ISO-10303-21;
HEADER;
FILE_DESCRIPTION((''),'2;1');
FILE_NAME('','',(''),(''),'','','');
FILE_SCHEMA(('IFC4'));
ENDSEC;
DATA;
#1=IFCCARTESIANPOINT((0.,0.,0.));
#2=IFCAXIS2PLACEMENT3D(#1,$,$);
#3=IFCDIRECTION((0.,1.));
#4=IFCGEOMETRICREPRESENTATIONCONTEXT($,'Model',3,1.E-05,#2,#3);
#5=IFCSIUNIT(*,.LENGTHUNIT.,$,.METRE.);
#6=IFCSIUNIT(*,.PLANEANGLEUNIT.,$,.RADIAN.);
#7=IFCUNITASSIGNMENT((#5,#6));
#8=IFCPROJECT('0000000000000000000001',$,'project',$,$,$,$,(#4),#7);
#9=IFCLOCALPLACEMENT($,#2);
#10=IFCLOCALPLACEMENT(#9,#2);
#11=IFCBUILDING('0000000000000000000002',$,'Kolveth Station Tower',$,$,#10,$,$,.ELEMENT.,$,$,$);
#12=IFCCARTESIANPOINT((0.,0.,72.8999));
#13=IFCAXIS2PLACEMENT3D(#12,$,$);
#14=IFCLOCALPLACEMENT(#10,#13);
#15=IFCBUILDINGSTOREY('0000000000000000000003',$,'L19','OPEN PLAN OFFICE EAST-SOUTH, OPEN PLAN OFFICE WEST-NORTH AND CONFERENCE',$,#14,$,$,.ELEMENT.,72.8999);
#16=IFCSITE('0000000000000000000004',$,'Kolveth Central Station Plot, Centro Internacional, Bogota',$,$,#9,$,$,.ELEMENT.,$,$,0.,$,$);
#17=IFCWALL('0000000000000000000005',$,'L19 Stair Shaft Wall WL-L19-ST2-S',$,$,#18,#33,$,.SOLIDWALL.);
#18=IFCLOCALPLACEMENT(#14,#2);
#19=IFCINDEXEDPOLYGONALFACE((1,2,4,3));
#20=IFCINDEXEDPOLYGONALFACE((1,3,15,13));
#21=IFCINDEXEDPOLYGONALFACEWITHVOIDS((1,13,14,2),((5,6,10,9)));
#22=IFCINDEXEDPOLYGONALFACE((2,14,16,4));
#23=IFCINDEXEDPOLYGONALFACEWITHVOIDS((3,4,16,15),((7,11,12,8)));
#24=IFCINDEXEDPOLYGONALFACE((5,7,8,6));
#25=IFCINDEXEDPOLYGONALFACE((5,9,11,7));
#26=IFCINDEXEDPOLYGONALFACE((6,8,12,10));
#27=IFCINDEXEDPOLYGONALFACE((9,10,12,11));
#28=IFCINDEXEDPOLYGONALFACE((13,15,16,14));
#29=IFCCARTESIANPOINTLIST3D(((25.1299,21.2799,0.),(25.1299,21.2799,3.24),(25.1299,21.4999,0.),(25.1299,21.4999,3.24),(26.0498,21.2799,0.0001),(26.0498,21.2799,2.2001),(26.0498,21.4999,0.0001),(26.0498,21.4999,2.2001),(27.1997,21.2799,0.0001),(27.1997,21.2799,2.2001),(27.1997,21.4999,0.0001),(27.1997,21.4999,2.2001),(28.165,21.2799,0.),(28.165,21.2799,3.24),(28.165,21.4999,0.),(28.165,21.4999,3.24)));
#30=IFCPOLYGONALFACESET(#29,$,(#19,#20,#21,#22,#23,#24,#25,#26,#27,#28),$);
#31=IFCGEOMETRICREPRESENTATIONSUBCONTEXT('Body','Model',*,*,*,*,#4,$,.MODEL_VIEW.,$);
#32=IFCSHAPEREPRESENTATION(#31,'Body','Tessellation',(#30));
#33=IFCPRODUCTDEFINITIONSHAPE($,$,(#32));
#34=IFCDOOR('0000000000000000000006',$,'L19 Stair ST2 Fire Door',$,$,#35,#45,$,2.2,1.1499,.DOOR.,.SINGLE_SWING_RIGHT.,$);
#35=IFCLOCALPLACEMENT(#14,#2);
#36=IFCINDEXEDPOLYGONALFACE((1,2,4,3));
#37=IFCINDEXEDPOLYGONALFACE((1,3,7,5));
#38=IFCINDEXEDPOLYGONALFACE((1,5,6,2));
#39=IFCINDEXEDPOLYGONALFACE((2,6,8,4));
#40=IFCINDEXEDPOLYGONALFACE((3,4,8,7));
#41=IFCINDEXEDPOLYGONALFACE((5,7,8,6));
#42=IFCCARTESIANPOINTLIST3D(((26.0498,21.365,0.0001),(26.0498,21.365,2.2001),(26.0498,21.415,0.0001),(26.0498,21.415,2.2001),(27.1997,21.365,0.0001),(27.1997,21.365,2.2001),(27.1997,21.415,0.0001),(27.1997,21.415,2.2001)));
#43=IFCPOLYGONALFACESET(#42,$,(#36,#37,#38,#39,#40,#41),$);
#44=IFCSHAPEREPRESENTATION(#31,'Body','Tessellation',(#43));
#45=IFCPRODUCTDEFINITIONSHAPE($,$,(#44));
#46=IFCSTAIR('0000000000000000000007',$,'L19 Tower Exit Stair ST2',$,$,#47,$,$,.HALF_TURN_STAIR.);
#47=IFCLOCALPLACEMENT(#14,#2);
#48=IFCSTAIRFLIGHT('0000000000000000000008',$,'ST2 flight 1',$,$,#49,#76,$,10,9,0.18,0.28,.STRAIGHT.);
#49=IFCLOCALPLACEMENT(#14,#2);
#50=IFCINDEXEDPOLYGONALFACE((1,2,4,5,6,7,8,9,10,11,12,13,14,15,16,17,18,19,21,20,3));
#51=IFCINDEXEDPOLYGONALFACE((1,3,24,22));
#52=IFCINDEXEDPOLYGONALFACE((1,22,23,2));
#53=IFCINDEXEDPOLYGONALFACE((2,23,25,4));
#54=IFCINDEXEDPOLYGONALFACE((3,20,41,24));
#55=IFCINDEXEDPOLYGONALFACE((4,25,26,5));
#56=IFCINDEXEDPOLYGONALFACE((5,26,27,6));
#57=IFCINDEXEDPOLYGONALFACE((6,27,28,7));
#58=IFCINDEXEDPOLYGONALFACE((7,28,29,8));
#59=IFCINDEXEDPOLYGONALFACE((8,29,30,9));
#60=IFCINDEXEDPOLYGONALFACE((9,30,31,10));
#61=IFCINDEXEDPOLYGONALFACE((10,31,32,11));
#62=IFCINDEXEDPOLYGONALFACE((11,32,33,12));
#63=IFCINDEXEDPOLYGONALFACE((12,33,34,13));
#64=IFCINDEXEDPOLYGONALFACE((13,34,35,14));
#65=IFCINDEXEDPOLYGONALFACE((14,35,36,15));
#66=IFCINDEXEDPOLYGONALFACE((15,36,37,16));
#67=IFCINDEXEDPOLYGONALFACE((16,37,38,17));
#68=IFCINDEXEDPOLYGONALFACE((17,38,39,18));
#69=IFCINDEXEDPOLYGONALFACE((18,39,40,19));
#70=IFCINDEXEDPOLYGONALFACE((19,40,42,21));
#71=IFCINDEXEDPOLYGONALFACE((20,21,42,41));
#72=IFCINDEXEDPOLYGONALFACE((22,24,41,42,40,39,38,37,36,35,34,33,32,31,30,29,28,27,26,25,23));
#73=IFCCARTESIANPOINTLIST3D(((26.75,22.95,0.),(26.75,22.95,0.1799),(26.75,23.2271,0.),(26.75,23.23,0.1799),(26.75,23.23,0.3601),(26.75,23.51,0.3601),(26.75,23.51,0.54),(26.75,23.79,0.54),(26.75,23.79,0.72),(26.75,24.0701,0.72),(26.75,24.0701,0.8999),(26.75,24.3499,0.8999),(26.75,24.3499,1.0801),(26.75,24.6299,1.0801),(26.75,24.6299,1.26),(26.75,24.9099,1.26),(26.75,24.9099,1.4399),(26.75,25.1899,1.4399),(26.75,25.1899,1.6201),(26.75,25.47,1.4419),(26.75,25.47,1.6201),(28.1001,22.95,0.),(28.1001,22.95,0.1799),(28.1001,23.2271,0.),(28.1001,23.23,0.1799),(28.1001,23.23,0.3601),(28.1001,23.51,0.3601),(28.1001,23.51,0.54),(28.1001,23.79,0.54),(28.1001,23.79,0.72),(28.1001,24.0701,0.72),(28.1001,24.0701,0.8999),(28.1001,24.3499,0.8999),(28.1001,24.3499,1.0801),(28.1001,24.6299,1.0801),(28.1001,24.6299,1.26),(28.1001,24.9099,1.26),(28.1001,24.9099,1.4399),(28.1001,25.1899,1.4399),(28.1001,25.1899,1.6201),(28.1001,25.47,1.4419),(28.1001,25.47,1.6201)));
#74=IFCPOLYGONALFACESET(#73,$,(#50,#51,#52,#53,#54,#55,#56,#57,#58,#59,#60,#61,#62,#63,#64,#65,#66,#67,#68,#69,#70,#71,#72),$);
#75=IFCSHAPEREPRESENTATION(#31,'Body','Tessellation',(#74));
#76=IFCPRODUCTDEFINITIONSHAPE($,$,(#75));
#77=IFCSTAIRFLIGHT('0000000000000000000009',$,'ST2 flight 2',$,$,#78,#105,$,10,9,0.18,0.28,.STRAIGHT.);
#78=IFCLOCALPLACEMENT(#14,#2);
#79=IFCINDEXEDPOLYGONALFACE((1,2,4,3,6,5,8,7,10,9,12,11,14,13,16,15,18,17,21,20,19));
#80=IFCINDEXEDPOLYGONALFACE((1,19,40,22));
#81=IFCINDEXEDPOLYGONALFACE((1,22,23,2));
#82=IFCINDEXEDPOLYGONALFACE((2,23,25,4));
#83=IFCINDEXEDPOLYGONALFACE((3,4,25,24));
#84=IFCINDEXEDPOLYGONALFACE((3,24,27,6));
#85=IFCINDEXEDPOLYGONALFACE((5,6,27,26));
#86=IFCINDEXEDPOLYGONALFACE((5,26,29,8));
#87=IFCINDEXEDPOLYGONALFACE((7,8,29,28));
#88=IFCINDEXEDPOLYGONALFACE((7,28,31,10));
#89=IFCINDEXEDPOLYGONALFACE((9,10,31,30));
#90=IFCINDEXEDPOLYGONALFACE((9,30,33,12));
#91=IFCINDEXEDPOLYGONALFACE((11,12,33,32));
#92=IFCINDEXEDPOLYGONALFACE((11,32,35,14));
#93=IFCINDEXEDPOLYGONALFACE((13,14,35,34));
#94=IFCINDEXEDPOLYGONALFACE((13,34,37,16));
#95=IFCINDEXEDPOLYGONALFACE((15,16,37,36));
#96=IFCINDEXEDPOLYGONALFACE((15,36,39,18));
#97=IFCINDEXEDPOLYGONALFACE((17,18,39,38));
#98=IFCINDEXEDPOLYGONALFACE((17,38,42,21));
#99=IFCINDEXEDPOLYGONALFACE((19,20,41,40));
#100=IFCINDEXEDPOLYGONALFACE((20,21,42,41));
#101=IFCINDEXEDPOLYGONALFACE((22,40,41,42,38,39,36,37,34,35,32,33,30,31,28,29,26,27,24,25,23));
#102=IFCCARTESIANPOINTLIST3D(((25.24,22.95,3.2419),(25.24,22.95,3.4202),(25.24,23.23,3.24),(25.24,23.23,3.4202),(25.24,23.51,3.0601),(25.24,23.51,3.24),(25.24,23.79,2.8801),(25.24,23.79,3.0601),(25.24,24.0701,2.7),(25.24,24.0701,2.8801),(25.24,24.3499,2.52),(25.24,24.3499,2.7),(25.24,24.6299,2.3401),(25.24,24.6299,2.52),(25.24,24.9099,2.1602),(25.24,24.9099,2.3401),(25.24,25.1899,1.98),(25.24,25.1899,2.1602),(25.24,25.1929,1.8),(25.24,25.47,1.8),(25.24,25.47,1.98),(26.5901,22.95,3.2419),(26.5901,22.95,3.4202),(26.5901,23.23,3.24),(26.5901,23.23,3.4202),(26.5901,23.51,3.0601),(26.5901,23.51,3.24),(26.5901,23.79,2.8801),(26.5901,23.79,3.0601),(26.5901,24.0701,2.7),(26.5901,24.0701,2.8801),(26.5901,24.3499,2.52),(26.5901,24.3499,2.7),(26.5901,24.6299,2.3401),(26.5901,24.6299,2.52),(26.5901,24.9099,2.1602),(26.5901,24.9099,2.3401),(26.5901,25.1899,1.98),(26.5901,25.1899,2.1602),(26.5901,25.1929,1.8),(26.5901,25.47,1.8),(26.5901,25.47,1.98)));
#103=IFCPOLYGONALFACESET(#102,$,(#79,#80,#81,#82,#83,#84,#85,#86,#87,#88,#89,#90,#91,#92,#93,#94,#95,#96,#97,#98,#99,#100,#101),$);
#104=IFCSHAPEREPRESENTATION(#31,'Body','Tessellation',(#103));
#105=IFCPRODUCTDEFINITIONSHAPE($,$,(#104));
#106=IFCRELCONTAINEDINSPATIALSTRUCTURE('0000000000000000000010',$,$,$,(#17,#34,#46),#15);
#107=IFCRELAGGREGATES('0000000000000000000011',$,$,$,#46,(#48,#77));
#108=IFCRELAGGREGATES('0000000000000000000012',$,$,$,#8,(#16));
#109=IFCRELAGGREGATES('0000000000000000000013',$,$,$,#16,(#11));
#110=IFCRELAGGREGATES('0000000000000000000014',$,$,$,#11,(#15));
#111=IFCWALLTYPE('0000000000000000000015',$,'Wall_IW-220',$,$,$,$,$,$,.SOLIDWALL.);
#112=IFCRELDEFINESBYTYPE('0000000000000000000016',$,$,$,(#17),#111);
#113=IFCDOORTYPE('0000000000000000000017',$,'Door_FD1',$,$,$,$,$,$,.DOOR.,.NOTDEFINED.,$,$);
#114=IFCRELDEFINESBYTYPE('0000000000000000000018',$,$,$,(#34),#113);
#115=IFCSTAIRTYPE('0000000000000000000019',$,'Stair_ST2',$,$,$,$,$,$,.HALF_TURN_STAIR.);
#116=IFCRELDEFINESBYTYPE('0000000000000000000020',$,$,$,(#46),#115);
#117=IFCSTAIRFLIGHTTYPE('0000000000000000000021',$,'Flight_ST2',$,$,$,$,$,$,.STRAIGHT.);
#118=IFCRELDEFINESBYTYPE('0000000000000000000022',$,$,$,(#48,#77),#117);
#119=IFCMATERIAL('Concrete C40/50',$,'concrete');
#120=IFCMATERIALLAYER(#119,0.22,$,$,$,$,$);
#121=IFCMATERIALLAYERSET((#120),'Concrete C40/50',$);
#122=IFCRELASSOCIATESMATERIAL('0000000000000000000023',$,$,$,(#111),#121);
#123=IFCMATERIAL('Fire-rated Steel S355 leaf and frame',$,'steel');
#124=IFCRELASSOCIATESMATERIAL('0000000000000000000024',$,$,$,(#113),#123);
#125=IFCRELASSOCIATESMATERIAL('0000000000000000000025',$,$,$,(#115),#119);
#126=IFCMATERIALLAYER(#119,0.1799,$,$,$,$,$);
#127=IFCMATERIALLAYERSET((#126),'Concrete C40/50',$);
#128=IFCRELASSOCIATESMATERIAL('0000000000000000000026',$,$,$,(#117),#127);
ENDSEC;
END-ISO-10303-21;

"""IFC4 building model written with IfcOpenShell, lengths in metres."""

from ifc_helpers import new_model, si_unit, direction, frame, frame_2d, origin, place, context, subcontext, project, spatial, polyline, rectangle, outline, extrude, material, layer, layer_set, type_object, element, fill, aggregate, save


model = new_model("IFC4")

# Units and contexts
model_context = context("Model", 3, precision=1e-05, world=origin(), true_north=direction((0.0, 1.0)))
body_context = subcontext(model_context, "Body", "Model", "MODEL_VIEW")
ifc_project = project(units=[si_unit("LENGTHUNIT", "METRE"), si_unit("PLANEANGLEUNIT", "RADIAN")], contexts=[model_context])

# Site, building, storey
site_placement = place(None, origin())
site = spatial("IfcSite", under=ifc_project, at=site_placement, Name="Kolveth Central Station Plot, Centro Internacional, Bogota", CompositionType="ELEMENT", RefElevation=0.0)
building_placement = place(site_placement, origin())
building = spatial("IfcBuilding", under=site, at=building_placement, Name="Kolveth Station Tower", CompositionType="ELEMENT")
storey_placement = place(building_placement, frame((0.0, 0.0, 72.8999)))
storey = spatial("IfcBuildingStorey", under=building, at=storey_placement, Name="L19", Description="OPEN PLAN OFFICE EAST-SOUTH, OPEN PLAN OFFICE WEST-NORTH AND CONFERENCE", CompositionType="ELEMENT", Elevation=72.8999)

# Shared definitions
ifc_material_1 = material(Name="Concrete C40/50", Category="concrete")
ifc_layer_1 = layer(ifc_material_1, 0.22)
ifc_layer_set_1 = layer_set([ifc_layer_1], Name="Concrete C40/50")
wall_type_1 = type_object("IfcWallType", Name="Wall_IW-220", PredefinedType="SOLIDWALL", material=ifc_layer_set_1)

# Wall, opening, door
wall_1_placement = place(storey_placement, frame((25.1299, 21.3899, 0.0), z_axis=(0.0, 0.0, 1.0), x_axis=(1.0, 0.0, 0.0)))
wall_1 = element("IfcWall", 1, at=wall_1_placement, inside=storey, type_object=wall_type_1, Name="L19 Stair Shaft Wall WL-L19-ST2-S", PredefinedType="SOLIDWALL", context=body_context, shape_type="SweptSolid", body=[
    extrude(rectangle(XDim=3.0352, YDim=0.22, at=frame_2d((1.5176, 0.0))), origin(), (0.0, 0.0, 1.0), 3.24),
])
opening_placement = place(wall_1_placement, frame((0.9199, 0.0, 0.0)))
opening = element("IfcOpeningElement", 2, at=opening_placement, cuts=wall_1, PredefinedType="OPENING", context=body_context, shape_type="SweptSolid", body=[
    extrude(rectangle(XDim=1.1499, YDim=2.2, at=frame_2d((0.575, 1.1001))), frame((0.0, 0.1199, 0.0), z_axis=(0.0, -1.0, 0.0), x_axis=(1.0, 0.0, 0.0)), (0.0, 0.0, 1.0), 0.24),
])
ifc_material_2 = material(Name="Fire-rated Steel S355 leaf and frame", Category="steel")
door_type = type_object("IfcDoorType", Name="Door_FD1", OperationType="NOTDEFINED", PredefinedType="DOOR", material=ifc_material_2)
door_placement = place(opening_placement, frame((1.1499, 0.0, 0.0), z_axis=(0.0, 0.0, 1.0), x_axis=(-1.0, 0.0, 0.0)))
door = element("IfcDoor", 3, at=door_placement, inside=storey, type_object=door_type, Name="L19 Stair ST2 Fire Door", OperationType="SINGLE_SWING_RIGHT", OverallHeight=2.2, OverallWidth=1.1499, PredefinedType="DOOR", context=body_context, shape_type="SweptSolid", body=[
    extrude(rectangle(XDim=1.1499, YDim=2.2, at=frame_2d((0.575, 1.1001))), frame((0.0, 0.0249, 0.0), z_axis=(0.0, -1.0, 0.0), x_axis=(1.0, 0.0, 0.0)), (0.0, 0.0, 1.0), 0.05),
])
fill(opening, door)

# Stair, stair flights
stair_type = type_object("IfcStairType", Name="Stair_ST2", PredefinedType="HALF_TURN_STAIR", material=ifc_material_1)
stair_placement = place(storey_placement, origin())
stair = element("IfcStair", 4, at=stair_placement, inside=storey, type_object=stair_type, Name="L19 Tower Exit Stair ST2", PredefinedType="HALF_TURN_STAIR")
ifc_layer_2 = layer(ifc_material_1, 0.1799)
ifc_layer_set_2 = layer_set([ifc_layer_2], Name="Concrete C40/50")
stair_flight_type = type_object("IfcStairFlightType", Name="Flight_ST2", PredefinedType="STRAIGHT", material=ifc_layer_set_2)
stair_flight_1_placement = place(storey_placement, frame((27.425, 22.95, 0.0), z_axis=(0.0, 0.0, 1.0), x_axis=(0.0, 1.0, 0.0)))
stair_flight_1 = element("IfcStairFlight", 5, at=stair_flight_1_placement, type_object=stair_flight_type, Name="ST2 flight 1", NumberOfRisers=10, NumberOfTreads=9, PredefinedType="STRAIGHT", RiserHeight=0.18, TreadLength=0.28, context=body_context, shape_type="SweptSolid", body=[
    extrude(outline(polyline([(0.0, 0.0), (0.0, 0.1799), (0.28, 0.1799), (0.28, 0.3601), (0.5601, 0.3601), (0.5601, 0.54), (0.8401, 0.54), (0.8401, 0.72), (1.1201, 0.72), (1.1201, 0.8999), (1.3999, 0.8999), (1.3999, 1.0801), (1.6799, 1.0801), (1.6799, 1.26), (1.96, 1.26), (1.96, 1.4399), (2.24, 1.4399), (2.24, 1.6201), (2.52, 1.6201), (2.52, 1.8), (2.52, 1.4419), (0.2771, 0.0), (0.0, 0.0)])), frame((0.0, 0.675, 0.0), z_axis=(0.0, -1.0, 0.0), x_axis=(1.0, 0.0, 0.0)), (0.0, 0.0, 1.0), 1.3501),
])
stair_flight_2_placement = place(storey_placement, frame((25.915, 25.47, 1.8), z_axis=(0.0, 0.0, 1.0), x_axis=(0.0, -1.0, 0.0)))
stair_flight_2 = element("IfcStairFlight", 6, at=stair_flight_2_placement, type_object=stair_flight_type, Name="ST2 flight 2", NumberOfRisers=10, NumberOfTreads=9, PredefinedType="STRAIGHT", RiserHeight=0.18, TreadLength=0.28, context=body_context, shape_type="SweptSolid", body=[
    extrude(outline(polyline([(0.0, 0.0), (0.0, 0.1799), (0.28, 0.1799), (0.28, 0.3601), (0.5601, 0.3601), (0.5601, 0.54), (0.8401, 0.54), (0.8401, 0.72), (1.1201, 0.72), (1.1201, 0.8999), (1.3999, 0.8999), (1.3999, 1.0801), (1.6799, 1.0801), (1.6799, 1.26), (1.96, 1.26), (1.96, 1.4399), (2.24, 1.4399), (2.24, 1.6201), (2.52, 1.6201), (2.52, 1.8), (2.52, 1.4419), (0.2771, 0.0), (0.0, 0.0)])), frame((0.0, 0.675, 0.0), z_axis=(0.0, -1.0, 0.0), x_axis=(1.0, 0.0, 0.0)), (0.0, 0.0, 1.0), 1.3501),
])
aggregate(stair, [stair_flight_1, stair_flight_2])

save(model, "model.ifc")
